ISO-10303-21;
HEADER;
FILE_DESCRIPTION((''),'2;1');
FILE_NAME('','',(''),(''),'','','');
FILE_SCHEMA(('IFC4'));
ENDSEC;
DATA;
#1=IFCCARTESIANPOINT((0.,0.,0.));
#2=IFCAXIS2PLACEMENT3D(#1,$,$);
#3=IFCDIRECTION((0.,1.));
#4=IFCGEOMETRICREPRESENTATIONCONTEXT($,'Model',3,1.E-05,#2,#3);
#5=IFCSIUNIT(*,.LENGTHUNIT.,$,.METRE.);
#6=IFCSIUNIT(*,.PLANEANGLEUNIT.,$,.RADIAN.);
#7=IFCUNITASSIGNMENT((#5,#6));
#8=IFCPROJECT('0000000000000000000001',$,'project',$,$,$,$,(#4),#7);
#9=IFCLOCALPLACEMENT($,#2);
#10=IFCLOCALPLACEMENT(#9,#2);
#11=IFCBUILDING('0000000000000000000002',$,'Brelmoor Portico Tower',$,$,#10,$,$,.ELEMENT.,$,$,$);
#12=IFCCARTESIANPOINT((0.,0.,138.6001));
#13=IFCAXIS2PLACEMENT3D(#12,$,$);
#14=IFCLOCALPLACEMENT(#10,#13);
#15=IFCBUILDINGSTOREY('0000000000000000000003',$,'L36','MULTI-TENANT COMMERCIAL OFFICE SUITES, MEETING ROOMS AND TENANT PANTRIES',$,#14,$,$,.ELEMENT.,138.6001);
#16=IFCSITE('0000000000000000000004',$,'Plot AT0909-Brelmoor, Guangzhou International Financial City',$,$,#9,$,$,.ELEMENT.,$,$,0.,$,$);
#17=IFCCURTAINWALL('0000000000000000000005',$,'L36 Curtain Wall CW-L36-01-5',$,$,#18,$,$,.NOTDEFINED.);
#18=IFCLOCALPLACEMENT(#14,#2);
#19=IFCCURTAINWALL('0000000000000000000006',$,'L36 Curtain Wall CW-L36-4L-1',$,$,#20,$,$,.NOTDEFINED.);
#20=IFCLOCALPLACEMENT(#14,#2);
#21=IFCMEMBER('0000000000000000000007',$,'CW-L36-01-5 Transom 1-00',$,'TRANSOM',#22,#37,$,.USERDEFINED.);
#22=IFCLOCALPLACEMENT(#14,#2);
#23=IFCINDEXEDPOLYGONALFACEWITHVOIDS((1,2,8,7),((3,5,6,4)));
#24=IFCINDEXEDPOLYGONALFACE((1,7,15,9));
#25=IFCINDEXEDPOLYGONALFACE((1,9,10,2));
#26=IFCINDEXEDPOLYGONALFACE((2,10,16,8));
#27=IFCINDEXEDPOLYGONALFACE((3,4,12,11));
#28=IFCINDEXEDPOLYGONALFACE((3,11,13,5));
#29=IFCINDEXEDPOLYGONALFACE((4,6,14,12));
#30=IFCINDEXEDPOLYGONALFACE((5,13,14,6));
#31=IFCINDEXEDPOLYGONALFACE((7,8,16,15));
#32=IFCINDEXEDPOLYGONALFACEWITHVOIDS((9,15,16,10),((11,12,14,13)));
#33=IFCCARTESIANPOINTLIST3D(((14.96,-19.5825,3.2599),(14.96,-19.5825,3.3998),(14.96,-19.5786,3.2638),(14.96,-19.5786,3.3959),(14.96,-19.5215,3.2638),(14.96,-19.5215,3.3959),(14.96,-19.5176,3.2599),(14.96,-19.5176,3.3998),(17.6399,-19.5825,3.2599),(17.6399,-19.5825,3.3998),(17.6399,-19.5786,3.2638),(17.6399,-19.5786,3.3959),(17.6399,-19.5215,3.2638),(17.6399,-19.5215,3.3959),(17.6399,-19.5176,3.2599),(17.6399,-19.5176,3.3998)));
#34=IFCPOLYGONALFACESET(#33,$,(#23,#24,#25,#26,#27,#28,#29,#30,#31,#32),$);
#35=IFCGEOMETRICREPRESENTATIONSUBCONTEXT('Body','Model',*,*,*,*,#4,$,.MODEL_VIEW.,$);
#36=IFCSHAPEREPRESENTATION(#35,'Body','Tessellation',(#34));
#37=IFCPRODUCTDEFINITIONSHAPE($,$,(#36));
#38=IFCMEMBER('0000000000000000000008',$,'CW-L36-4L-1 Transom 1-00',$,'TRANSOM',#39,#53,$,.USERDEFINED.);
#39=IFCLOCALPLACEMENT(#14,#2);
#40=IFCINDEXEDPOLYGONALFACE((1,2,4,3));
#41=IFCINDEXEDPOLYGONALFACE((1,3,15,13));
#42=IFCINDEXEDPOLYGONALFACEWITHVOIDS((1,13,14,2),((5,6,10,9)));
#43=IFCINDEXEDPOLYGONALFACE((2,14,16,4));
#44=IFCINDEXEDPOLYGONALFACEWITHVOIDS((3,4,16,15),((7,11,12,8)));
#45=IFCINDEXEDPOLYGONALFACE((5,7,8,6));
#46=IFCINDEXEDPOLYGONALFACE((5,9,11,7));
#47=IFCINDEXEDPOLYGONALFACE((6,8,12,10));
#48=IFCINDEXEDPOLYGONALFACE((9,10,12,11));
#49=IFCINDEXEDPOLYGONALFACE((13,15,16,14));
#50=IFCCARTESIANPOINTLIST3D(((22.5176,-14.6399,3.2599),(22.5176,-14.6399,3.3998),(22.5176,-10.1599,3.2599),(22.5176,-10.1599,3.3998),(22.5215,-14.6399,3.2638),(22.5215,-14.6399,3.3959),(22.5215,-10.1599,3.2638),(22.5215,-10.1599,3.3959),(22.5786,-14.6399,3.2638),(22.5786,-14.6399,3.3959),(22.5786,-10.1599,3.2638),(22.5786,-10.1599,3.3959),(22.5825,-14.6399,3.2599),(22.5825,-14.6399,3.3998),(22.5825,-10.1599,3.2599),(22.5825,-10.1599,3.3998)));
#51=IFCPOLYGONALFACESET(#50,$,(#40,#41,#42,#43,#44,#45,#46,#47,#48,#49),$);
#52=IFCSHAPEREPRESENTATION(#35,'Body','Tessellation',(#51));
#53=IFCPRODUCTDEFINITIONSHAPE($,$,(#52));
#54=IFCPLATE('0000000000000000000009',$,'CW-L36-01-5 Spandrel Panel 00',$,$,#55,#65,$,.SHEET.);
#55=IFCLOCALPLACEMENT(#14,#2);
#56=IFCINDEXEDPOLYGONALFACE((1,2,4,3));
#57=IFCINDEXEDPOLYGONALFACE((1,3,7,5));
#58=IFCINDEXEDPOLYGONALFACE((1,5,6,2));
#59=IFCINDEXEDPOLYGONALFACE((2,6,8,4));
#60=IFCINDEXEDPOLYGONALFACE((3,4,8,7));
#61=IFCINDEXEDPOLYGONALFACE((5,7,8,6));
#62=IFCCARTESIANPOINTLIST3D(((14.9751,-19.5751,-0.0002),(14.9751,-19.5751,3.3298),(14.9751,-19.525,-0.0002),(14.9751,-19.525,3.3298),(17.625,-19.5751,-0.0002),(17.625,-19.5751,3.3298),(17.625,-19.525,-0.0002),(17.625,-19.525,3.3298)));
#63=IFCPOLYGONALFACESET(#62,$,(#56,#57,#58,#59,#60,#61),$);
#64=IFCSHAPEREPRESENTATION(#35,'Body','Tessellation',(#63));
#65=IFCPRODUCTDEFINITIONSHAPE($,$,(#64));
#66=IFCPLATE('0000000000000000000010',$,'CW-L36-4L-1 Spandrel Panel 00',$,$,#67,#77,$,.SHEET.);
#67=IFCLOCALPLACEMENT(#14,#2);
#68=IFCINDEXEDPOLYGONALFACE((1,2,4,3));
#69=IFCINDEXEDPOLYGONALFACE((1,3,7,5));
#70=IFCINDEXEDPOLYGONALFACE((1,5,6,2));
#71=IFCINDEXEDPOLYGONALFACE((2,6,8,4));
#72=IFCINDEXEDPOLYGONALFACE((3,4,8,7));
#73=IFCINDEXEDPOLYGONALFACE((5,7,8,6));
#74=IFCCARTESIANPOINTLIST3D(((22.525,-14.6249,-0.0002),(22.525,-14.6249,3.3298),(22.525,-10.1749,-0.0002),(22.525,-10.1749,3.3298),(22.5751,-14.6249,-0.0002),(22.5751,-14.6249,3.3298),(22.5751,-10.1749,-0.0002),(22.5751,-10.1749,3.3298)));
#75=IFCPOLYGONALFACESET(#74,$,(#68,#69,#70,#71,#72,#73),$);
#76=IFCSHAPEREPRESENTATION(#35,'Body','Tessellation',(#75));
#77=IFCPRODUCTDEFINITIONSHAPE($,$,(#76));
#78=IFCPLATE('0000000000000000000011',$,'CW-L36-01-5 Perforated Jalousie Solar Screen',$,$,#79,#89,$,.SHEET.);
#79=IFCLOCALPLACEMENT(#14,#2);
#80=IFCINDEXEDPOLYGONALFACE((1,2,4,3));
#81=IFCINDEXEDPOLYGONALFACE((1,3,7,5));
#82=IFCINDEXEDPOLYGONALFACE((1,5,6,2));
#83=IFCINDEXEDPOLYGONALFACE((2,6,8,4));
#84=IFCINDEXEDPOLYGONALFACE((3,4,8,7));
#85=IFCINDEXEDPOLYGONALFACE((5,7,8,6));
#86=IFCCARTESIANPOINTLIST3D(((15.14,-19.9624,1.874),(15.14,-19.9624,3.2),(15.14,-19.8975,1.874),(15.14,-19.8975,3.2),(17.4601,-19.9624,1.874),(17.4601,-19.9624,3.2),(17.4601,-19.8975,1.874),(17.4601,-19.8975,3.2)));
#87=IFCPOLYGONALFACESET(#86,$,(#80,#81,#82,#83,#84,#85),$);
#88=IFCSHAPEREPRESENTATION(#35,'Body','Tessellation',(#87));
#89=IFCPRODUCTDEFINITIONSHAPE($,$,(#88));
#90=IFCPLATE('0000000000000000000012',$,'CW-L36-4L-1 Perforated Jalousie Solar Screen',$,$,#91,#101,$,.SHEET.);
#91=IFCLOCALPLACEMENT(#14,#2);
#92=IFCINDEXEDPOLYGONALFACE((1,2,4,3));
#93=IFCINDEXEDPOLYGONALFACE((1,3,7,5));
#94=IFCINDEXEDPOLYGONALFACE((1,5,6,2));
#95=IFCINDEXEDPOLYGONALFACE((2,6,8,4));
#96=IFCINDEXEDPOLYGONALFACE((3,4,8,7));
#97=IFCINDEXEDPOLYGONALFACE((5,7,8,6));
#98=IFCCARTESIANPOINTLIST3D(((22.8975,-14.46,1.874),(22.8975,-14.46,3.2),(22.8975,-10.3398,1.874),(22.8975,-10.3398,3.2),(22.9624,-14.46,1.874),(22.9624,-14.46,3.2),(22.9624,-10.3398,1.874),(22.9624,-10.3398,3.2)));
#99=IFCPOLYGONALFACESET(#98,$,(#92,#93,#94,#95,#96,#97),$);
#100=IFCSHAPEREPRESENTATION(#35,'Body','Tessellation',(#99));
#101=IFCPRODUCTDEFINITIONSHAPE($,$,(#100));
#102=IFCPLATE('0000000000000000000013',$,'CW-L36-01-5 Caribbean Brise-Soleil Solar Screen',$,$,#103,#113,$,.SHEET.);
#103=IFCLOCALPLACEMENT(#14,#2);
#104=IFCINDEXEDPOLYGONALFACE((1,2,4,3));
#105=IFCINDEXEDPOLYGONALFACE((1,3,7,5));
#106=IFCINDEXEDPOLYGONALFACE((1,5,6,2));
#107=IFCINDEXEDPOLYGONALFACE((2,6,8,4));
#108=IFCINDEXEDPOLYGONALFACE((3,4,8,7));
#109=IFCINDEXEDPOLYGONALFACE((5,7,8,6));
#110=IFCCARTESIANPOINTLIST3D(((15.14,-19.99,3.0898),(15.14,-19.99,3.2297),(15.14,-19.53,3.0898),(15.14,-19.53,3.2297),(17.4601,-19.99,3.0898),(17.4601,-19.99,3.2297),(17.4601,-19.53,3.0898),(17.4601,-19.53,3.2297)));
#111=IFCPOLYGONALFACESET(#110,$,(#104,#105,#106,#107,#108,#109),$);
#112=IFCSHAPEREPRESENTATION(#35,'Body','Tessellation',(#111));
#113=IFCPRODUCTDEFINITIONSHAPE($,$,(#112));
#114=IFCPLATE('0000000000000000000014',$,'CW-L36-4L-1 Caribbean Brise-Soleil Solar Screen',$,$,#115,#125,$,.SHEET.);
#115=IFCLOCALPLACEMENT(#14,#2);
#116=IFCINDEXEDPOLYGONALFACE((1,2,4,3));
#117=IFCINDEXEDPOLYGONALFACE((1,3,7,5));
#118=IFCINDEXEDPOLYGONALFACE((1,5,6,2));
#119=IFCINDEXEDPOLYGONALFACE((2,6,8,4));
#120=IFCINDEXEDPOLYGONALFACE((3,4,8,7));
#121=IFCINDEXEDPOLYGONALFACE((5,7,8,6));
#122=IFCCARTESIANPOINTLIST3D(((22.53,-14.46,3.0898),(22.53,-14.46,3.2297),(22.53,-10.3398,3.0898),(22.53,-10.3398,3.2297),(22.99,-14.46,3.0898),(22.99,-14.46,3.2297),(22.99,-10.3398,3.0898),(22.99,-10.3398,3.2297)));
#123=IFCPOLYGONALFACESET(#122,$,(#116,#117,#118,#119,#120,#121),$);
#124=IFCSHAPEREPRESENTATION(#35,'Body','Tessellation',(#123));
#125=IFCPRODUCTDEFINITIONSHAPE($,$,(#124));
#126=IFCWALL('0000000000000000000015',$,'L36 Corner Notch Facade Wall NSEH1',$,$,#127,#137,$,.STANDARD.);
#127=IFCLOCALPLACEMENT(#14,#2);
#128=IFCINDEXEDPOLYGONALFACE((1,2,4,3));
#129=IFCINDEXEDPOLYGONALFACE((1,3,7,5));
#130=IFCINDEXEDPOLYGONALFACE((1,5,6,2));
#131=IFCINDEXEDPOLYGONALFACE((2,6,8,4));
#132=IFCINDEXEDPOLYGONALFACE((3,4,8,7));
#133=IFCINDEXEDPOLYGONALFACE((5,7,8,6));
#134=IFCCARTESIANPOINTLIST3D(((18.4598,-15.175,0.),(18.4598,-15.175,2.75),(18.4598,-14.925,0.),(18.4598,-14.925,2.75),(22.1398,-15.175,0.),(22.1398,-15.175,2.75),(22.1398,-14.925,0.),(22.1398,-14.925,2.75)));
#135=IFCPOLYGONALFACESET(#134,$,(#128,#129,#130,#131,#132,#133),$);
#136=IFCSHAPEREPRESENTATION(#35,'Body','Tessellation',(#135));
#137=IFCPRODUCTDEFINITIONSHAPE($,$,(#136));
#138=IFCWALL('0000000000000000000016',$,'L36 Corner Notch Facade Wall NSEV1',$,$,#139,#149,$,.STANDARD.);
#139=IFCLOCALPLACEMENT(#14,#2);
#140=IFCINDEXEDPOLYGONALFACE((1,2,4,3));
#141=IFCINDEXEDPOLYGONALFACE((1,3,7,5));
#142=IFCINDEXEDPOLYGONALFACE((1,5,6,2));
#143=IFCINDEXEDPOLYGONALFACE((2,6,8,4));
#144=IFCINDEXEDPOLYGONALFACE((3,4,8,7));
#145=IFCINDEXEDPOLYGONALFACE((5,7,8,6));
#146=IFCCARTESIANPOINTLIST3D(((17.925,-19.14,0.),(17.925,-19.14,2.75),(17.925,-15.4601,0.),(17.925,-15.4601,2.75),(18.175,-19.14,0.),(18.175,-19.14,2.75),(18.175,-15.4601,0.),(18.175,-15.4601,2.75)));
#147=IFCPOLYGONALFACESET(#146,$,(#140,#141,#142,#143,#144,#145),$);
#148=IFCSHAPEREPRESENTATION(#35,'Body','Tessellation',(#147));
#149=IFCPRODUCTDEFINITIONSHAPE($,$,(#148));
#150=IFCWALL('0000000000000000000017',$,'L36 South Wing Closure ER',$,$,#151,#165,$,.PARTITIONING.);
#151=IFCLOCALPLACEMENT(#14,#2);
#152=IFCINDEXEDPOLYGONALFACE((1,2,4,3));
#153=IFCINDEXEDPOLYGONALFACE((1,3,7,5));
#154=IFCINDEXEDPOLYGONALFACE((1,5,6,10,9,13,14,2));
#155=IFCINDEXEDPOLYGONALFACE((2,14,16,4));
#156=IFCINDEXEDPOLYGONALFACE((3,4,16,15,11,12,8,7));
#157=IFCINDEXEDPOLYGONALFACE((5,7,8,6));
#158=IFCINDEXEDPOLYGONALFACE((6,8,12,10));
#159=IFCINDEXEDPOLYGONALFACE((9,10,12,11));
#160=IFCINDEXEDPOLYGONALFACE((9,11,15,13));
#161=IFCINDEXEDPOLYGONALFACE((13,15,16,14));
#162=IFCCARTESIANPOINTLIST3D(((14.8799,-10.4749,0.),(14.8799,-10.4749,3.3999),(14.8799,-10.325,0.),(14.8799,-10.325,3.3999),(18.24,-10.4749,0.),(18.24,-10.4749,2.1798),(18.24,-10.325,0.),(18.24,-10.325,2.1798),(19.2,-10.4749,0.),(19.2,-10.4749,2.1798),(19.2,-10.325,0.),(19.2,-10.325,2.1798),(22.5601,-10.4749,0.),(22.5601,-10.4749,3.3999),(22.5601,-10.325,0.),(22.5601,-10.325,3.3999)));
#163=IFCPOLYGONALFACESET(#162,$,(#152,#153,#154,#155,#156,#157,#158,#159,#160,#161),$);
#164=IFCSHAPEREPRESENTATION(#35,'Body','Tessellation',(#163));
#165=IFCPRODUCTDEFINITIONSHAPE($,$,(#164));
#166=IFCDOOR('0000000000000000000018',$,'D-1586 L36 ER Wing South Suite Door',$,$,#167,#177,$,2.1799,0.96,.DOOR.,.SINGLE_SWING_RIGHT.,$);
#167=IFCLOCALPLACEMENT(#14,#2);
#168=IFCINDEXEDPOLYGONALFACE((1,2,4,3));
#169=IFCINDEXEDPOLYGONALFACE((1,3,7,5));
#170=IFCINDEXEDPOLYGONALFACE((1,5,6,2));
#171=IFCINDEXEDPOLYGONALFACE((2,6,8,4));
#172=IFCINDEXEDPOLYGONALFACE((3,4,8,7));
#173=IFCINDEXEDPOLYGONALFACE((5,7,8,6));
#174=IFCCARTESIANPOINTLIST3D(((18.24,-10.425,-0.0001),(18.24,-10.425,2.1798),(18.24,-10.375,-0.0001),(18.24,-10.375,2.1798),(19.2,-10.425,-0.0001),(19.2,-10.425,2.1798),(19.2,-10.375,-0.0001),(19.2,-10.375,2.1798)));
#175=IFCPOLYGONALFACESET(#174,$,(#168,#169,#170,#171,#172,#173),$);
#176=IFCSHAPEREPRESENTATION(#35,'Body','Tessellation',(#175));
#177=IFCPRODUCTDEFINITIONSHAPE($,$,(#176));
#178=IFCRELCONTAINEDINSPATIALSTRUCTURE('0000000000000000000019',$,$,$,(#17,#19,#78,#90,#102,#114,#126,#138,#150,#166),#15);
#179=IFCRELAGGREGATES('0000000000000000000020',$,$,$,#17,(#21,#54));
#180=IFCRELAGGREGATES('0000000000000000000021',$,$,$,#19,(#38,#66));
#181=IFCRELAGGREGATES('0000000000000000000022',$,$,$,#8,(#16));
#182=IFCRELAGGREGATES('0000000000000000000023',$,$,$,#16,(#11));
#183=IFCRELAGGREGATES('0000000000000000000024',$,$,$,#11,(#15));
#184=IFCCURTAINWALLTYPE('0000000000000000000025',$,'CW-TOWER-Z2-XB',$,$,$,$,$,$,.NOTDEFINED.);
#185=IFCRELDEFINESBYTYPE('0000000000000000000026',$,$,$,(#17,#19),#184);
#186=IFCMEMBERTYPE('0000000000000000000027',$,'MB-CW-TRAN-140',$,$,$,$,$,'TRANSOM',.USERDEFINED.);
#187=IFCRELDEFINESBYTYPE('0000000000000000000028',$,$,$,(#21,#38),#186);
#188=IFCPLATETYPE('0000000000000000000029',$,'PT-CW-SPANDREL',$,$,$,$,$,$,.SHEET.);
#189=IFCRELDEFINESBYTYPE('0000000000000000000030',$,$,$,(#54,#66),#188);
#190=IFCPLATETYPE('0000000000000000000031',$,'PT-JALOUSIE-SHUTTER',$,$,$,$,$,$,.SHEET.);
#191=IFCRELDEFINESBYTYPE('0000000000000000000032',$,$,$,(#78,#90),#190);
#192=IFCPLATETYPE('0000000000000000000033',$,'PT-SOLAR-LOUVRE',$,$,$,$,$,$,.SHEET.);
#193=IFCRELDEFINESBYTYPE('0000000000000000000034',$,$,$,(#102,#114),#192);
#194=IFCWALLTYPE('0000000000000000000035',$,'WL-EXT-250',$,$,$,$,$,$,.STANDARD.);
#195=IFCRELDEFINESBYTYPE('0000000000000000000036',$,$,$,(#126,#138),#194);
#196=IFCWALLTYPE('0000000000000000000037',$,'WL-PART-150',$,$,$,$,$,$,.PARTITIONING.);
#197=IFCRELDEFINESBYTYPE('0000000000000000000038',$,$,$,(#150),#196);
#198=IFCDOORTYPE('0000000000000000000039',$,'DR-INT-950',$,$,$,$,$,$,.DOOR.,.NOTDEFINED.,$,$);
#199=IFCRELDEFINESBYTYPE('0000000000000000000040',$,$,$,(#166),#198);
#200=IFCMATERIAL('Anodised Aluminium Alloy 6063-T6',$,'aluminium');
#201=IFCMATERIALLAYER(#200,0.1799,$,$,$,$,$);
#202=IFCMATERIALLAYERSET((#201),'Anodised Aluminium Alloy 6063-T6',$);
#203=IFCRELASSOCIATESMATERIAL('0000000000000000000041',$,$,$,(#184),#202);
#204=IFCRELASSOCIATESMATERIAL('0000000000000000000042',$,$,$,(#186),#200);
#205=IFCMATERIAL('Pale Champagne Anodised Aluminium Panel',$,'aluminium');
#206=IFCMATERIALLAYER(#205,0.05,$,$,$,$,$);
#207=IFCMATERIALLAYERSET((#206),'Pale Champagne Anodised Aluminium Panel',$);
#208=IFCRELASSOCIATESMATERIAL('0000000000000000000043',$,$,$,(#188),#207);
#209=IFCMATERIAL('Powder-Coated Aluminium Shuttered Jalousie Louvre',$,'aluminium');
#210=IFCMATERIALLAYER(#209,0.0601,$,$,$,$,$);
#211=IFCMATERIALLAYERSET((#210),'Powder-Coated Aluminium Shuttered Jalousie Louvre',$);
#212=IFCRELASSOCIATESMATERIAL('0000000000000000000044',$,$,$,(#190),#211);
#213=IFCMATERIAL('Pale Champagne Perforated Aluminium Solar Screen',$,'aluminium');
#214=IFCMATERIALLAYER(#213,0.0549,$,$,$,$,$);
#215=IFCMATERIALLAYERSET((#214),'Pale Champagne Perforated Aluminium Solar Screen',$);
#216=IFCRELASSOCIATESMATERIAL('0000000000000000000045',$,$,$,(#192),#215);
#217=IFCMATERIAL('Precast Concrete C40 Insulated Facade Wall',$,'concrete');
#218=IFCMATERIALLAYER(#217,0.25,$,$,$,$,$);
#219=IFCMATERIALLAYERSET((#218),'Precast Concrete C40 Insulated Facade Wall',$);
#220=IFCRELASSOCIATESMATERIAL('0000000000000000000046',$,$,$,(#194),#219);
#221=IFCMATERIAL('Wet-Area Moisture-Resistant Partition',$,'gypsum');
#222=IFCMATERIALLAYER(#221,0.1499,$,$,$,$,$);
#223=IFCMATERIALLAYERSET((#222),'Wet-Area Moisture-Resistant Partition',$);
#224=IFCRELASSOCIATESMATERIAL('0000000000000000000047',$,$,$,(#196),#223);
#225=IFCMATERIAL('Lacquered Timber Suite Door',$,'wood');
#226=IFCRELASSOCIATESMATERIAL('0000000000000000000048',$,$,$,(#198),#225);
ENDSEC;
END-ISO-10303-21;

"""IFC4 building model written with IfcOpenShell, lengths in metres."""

from ifc_helpers import new_model, si_unit, direction, frame, frame_2d, origin, origin_2d, place, context, subcontext, project, spatial, rectangle, hollow_rectangle, extrude, material, layer, layer_set, material_profile, profile_set, type_object, element, fill, aggregate, save


model = new_model("IFC4")

# Units and contexts
model_context = context("Model", 3, precision=1e-05, world=origin(), true_north=direction((0.0, 1.0)))
body_context = subcontext(model_context, "Body", "Model", "MODEL_VIEW")
ifc_project = project(units=[si_unit("LENGTHUNIT", "METRE"), si_unit("PLANEANGLEUNIT", "RADIAN")], contexts=[model_context])

# Site, building, storey
site_placement = place(None, origin())
site = spatial("IfcSite", under=ifc_project, at=site_placement, Name="Plot AT0909-Brelmoor, Guangzhou International Financial City", CompositionType="ELEMENT", RefElevation=0.0)
building_placement = place(site_placement, origin())
building = spatial("IfcBuilding", under=site, at=building_placement, Name="Brelmoor Portico Tower", CompositionType="ELEMENT")
storey_placement = place(building_placement, frame((0.0, 0.0, 138.6001)))
storey = spatial("IfcBuildingStorey", under=building, at=storey_placement, Name="L36", Description="MULTI-TENANT COMMERCIAL OFFICE SUITES, MEETING ROOMS AND TENANT PANTRIES", CompositionType="ELEMENT", Elevation=138.6001)

# Curtain walls
ifc_material_1 = material(Name="Anodised Aluminium Alloy 6063-T6", Category="aluminium")
ifc_layer_1 = layer(ifc_material_1, 0.1799)
ifc_layer_set_1 = layer_set([ifc_layer_1], Name="Anodised Aluminium Alloy 6063-T6")
curtain_wall_type = type_object("IfcCurtainWallType", Name="CW-TOWER-Z2-XB", PredefinedType="NOTDEFINED", material=ifc_layer_set_1)
curtain_wall_1_placement = place(storey_placement, origin())
curtain_wall_1 = element("IfcCurtainWall", 1, at=curtain_wall_1_placement, inside=storey, type_object=curtain_wall_type, Name="L36 Curtain Wall CW-L36-01-5", PredefinedType="NOTDEFINED")
curtain_wall_2_placement = place(storey_placement, origin())
curtain_wall_2 = element("IfcCurtainWall", 2, at=curtain_wall_2_placement, inside=storey, type_object=curtain_wall_type, Name="L36 Curtain Wall CW-L36-4L-1", PredefinedType="NOTDEFINED")

# Members
ifc_material_profile_1 = material_profile(ifc_material_1, hollow_rectangle(XDim=0.0649, YDim=0.1399, WallThickness=0.0039, at=origin_2d()), Name="ALU TRANSOM 65x140")
ifc_profile_set_1 = profile_set([ifc_material_profile_1], Name="Anodised Aluminium Alloy 6063-T6")
member_type_1 = type_object("IfcMemberType", Name="MB-CW-TRAN-140", ElementType="TRANSOM", PredefinedType="USERDEFINED", material=ifc_profile_set_1)
member_1_placement = place(storey_placement, frame((14.96, -19.55, 3.3298), z_axis=(1.0, 0.0, 0.0), x_axis=(0.0, 1.0, 0.0)))
member_1 = element("IfcMember", 3, at=member_1_placement, type_object=member_type_1, Name="CW-L36-01-5 Transom 1-00", ObjectType="TRANSOM", PredefinedType="USERDEFINED", context=body_context, shape_type="SweptSolid", body=[
    extrude(hollow_rectangle(XDim=0.0649, YDim=0.1399, WallThickness=0.0039, at=origin_2d()), origin(), (0.0, 0.0, 1.0), 2.6799),
])
member_2_placement = place(storey_placement, frame((22.55, -14.6399, 3.3298), z_axis=(0.0, 1.0, 0.0), x_axis=(-1.0, 0.0, 0.0)))
member_2 = element("IfcMember", 4, at=member_2_placement, type_object=member_type_1, Name="CW-L36-4L-1 Transom 1-00", ObjectType="TRANSOM", PredefinedType="USERDEFINED", context=body_context, shape_type="SweptSolid", body=[
    extrude(hollow_rectangle(XDim=0.0649, YDim=0.1399, WallThickness=0.0039, at=origin_2d()), origin(), (0.0, 0.0, 1.0), 4.48),
])

# Plates
ifc_material_2 = material(Name="Pale Champagne Anodised Aluminium Panel", Category="aluminium")
ifc_layer_2 = layer(ifc_material_2, 0.05)
ifc_layer_set_2 = layer_set([ifc_layer_2], Name="Pale Champagne Anodised Aluminium Panel")
plate_type_1 = type_object("IfcPlateType", Name="PT-CW-SPANDREL", PredefinedType="SHEET", material=ifc_layer_set_2)
plate_1_placement = place(storey_placement, frame((16.3, -19.55, -0.0002), z_axis=(0.0, 0.0, 1.0), x_axis=(1.0, 0.0, 0.0)))
plate_1 = element("IfcPlate", 5, at=plate_1_placement, type_object=plate_type_1, Name="CW-L36-01-5 Spandrel Panel 00", PredefinedType="SHEET", context=body_context, shape_type="SweptSolid", body=[
    extrude(rectangle(XDim=2.6499, YDim=0.05, at=origin_2d()), origin(), (0.0, 0.0, 1.0), 3.3301),
])
aggregate(curtain_wall_1, [member_1, plate_1])
plate_2_placement = place(storey_placement, frame((22.55, -12.3999, -0.0002), z_axis=(0.0, 0.0, 1.0), x_axis=(0.0, 1.0, 0.0)))
plate_2 = element("IfcPlate", 6, at=plate_2_placement, type_object=plate_type_1, Name="CW-L36-4L-1 Spandrel Panel 00", PredefinedType="SHEET", context=body_context, shape_type="SweptSolid", body=[
    extrude(rectangle(XDim=4.45, YDim=0.05, at=origin_2d()), origin(), (0.0, 0.0, 1.0), 3.3301),
])
aggregate(curtain_wall_2, [member_2, plate_2])

# Plates
ifc_material_3 = material(Name="Powder-Coated Aluminium Shuttered Jalousie Louvre", Category="aluminium")
ifc_layer_3 = layer(ifc_material_3, 0.0601)
ifc_layer_set_3 = layer_set([ifc_layer_3], Name="Powder-Coated Aluminium Shuttered Jalousie Louvre")
plate_type_2 = type_object("IfcPlateType", Name="PT-JALOUSIE-SHUTTER", PredefinedType="SHEET", material=ifc_layer_set_3)
plate_3_placement = place(storey_placement, frame((16.3, -19.9299, 1.874), z_axis=(0.0, 0.0, 1.0), x_axis=(1.0, 0.0, 0.0)))
element("IfcPlate", 7, at=plate_3_placement, inside=storey, type_object=plate_type_2, Name="CW-L36-01-5 Perforated Jalousie Solar Screen", PredefinedType="SHEET", context=body_context, shape_type="SweptSolid", body=[
    extrude(rectangle(XDim=2.3201, YDim=0.0649, at=origin_2d()), origin(), (0.0, 0.0, 1.0), 1.3259),
])
plate_4_placement = place(storey_placement, frame((22.9299, -12.3999, 1.874), z_axis=(0.0, 0.0, 1.0), x_axis=(0.0, 1.0, 0.0)))
element("IfcPlate", 8, at=plate_4_placement, inside=storey, type_object=plate_type_2, Name="CW-L36-4L-1 Perforated Jalousie Solar Screen", PredefinedType="SHEET", context=body_context, shape_type="SweptSolid", body=[
    extrude(rectangle(XDim=4.1201, YDim=0.0649, at=origin_2d()), origin(), (0.0, 0.0, 1.0), 1.3259),
])
ifc_material_4 = material(Name="Pale Champagne Perforated Aluminium Solar Screen", Category="aluminium")
ifc_layer_4 = layer(ifc_material_4, 0.0549)
ifc_layer_set_4 = layer_set([ifc_layer_4], Name="Pale Champagne Perforated Aluminium Solar Screen")
plate_type_3 = type_object("IfcPlateType", Name="PT-SOLAR-LOUVRE", PredefinedType="SHEET", material=ifc_layer_set_4)
plate_5_placement = place(storey_placement, frame((16.3, -19.76, 3.0898), z_axis=(0.0, 0.0, 1.0), x_axis=(1.0, 0.0, 0.0)))
element("IfcPlate", 9, at=plate_5_placement, inside=storey, type_object=plate_type_3, Name="CW-L36-01-5 Caribbean Brise-Soleil Solar Screen", PredefinedType="SHEET", context=body_context, shape_type="SweptSolid", body=[
    extrude(rectangle(XDim=2.3201, YDim=0.46, at=origin_2d()), origin(), (0.0, 0.0, 1.0), 0.1399),
])
plate_6_placement = place(storey_placement, frame((22.76, -12.3999, 3.0898), z_axis=(0.0, 0.0, 1.0), x_axis=(0.0, 1.0, 0.0)))
element("IfcPlate", 10, at=plate_6_placement, inside=storey, type_object=plate_type_3, Name="CW-L36-4L-1 Caribbean Brise-Soleil Solar Screen", PredefinedType="SHEET", context=body_context, shape_type="SweptSolid", body=[
    extrude(rectangle(XDim=4.1201, YDim=0.46, at=origin_2d()), origin(), (0.0, 0.0, 1.0), 0.1399),
])

# Walls
ifc_material_5 = material(Name="Precast Concrete C40 Insulated Facade Wall", Category="concrete")
ifc_layer_5 = layer(ifc_material_5, 0.25)
ifc_layer_set_5 = layer_set([ifc_layer_5], Name="Precast Concrete C40 Insulated Facade Wall")
wall_type_1 = type_object("IfcWallType", Name="WL-EXT-250", PredefinedType="STANDARD", material=ifc_layer_set_5)
for number, where, z_axis, x_axis, name in (
    (11, (18.46, -15.05, 0.0), (0.0, 0.0, 1.0), (1.0, 0.0, 0.0), "L36 Corner Notch Facade Wall NSEH1"),
    (12, (18.05, -19.1399, 0.0), (0.0, 0.0, 1.0), (0.0, 1.0, 0.0), "L36 Corner Notch Facade Wall NSEV1"),
):
    element("IfcWall", number, at=place(storey_placement, frame(where, z_axis=z_axis, x_axis=x_axis)), inside=storey, type_object=wall_type_1, Name=name, PredefinedType="STANDARD", context=body_context, shape_type="SweptSolid", body=[
        extrude(rectangle(XDim=3.6799, YDim=0.25, at=frame_2d((1.8398, 0.0))), origin(), (0.0, 0.0, 1.0), 2.75),
    ])

# Wall, opening, door
ifc_material_6 = material(Name="Wet-Area Moisture-Resistant Partition", Category="gypsum")
ifc_layer_6 = layer(ifc_material_6, 0.1499)
ifc_layer_set_6 = layer_set([ifc_layer_6], Name="Wet-Area Moisture-Resistant Partition")
wall_type_2 = type_object("IfcWallType", Name="WL-PART-150", PredefinedType="PARTITIONING", material=ifc_layer_set_6)
wall_placement = place(storey_placement, frame((14.8799, -10.3999, 0.0), z_axis=(0.0, 0.0, 1.0), x_axis=(1.0, 0.0, 0.0)))
wall = element("IfcWall", 13, at=wall_placement, inside=storey, type_object=wall_type_2, Name="L36 South Wing Closure ER", PredefinedType="PARTITIONING", context=body_context, shape_type="SweptSolid", body=[
    extrude(rectangle(XDim=7.6802, YDim=0.1499, at=frame_2d((3.8401, 0.0))), origin(), (0.0, 0.0, 1.0), 3.3999),
])
opening_placement = place(wall_placement, frame((3.3601, 0.0, 0.0)))
opening = element("IfcOpeningElement", 14, at=opening_placement, cuts=wall, PredefinedType="OPENING", context=body_context, shape_type="SweptSolid", body=[
    extrude(rectangle(XDim=0.96, YDim=2.1799, at=frame_2d((0.48, 1.0898))), frame((0.0, 0.085, 0.0), z_axis=(0.0, -1.0, 0.0), x_axis=(1.0, 0.0, 0.0)), (0.0, 0.0, 1.0), 0.1699),
])
ifc_material_7 = material(Name="Lacquered Timber Suite Door", Category="wood")
door_type = type_object("IfcDoorType", Name="DR-INT-950", OperationType="NOTDEFINED", PredefinedType="DOOR", material=ifc_material_7)
door_placement = place(opening_placement, origin())
door = element("IfcDoor", 15, at=door_placement, inside=storey, type_object=door_type, Name="D-1586 L36 ER Wing South Suite Door", OperationType="SINGLE_SWING_RIGHT", OverallHeight=2.1799, OverallWidth=0.96, PredefinedType="DOOR", context=body_context, shape_type="SweptSolid", body=[
    extrude(rectangle(XDim=0.96, YDim=2.1799, at=frame_2d((0.48, 1.0898))), frame((0.0, 0.0249, 0.0), z_axis=(0.0, -1.0, 0.0), x_axis=(1.0, 0.0, 0.0)), (0.0, 0.0, 1.0), 0.05),
])
fill(opening, door)

save(model, "model.ifc")
